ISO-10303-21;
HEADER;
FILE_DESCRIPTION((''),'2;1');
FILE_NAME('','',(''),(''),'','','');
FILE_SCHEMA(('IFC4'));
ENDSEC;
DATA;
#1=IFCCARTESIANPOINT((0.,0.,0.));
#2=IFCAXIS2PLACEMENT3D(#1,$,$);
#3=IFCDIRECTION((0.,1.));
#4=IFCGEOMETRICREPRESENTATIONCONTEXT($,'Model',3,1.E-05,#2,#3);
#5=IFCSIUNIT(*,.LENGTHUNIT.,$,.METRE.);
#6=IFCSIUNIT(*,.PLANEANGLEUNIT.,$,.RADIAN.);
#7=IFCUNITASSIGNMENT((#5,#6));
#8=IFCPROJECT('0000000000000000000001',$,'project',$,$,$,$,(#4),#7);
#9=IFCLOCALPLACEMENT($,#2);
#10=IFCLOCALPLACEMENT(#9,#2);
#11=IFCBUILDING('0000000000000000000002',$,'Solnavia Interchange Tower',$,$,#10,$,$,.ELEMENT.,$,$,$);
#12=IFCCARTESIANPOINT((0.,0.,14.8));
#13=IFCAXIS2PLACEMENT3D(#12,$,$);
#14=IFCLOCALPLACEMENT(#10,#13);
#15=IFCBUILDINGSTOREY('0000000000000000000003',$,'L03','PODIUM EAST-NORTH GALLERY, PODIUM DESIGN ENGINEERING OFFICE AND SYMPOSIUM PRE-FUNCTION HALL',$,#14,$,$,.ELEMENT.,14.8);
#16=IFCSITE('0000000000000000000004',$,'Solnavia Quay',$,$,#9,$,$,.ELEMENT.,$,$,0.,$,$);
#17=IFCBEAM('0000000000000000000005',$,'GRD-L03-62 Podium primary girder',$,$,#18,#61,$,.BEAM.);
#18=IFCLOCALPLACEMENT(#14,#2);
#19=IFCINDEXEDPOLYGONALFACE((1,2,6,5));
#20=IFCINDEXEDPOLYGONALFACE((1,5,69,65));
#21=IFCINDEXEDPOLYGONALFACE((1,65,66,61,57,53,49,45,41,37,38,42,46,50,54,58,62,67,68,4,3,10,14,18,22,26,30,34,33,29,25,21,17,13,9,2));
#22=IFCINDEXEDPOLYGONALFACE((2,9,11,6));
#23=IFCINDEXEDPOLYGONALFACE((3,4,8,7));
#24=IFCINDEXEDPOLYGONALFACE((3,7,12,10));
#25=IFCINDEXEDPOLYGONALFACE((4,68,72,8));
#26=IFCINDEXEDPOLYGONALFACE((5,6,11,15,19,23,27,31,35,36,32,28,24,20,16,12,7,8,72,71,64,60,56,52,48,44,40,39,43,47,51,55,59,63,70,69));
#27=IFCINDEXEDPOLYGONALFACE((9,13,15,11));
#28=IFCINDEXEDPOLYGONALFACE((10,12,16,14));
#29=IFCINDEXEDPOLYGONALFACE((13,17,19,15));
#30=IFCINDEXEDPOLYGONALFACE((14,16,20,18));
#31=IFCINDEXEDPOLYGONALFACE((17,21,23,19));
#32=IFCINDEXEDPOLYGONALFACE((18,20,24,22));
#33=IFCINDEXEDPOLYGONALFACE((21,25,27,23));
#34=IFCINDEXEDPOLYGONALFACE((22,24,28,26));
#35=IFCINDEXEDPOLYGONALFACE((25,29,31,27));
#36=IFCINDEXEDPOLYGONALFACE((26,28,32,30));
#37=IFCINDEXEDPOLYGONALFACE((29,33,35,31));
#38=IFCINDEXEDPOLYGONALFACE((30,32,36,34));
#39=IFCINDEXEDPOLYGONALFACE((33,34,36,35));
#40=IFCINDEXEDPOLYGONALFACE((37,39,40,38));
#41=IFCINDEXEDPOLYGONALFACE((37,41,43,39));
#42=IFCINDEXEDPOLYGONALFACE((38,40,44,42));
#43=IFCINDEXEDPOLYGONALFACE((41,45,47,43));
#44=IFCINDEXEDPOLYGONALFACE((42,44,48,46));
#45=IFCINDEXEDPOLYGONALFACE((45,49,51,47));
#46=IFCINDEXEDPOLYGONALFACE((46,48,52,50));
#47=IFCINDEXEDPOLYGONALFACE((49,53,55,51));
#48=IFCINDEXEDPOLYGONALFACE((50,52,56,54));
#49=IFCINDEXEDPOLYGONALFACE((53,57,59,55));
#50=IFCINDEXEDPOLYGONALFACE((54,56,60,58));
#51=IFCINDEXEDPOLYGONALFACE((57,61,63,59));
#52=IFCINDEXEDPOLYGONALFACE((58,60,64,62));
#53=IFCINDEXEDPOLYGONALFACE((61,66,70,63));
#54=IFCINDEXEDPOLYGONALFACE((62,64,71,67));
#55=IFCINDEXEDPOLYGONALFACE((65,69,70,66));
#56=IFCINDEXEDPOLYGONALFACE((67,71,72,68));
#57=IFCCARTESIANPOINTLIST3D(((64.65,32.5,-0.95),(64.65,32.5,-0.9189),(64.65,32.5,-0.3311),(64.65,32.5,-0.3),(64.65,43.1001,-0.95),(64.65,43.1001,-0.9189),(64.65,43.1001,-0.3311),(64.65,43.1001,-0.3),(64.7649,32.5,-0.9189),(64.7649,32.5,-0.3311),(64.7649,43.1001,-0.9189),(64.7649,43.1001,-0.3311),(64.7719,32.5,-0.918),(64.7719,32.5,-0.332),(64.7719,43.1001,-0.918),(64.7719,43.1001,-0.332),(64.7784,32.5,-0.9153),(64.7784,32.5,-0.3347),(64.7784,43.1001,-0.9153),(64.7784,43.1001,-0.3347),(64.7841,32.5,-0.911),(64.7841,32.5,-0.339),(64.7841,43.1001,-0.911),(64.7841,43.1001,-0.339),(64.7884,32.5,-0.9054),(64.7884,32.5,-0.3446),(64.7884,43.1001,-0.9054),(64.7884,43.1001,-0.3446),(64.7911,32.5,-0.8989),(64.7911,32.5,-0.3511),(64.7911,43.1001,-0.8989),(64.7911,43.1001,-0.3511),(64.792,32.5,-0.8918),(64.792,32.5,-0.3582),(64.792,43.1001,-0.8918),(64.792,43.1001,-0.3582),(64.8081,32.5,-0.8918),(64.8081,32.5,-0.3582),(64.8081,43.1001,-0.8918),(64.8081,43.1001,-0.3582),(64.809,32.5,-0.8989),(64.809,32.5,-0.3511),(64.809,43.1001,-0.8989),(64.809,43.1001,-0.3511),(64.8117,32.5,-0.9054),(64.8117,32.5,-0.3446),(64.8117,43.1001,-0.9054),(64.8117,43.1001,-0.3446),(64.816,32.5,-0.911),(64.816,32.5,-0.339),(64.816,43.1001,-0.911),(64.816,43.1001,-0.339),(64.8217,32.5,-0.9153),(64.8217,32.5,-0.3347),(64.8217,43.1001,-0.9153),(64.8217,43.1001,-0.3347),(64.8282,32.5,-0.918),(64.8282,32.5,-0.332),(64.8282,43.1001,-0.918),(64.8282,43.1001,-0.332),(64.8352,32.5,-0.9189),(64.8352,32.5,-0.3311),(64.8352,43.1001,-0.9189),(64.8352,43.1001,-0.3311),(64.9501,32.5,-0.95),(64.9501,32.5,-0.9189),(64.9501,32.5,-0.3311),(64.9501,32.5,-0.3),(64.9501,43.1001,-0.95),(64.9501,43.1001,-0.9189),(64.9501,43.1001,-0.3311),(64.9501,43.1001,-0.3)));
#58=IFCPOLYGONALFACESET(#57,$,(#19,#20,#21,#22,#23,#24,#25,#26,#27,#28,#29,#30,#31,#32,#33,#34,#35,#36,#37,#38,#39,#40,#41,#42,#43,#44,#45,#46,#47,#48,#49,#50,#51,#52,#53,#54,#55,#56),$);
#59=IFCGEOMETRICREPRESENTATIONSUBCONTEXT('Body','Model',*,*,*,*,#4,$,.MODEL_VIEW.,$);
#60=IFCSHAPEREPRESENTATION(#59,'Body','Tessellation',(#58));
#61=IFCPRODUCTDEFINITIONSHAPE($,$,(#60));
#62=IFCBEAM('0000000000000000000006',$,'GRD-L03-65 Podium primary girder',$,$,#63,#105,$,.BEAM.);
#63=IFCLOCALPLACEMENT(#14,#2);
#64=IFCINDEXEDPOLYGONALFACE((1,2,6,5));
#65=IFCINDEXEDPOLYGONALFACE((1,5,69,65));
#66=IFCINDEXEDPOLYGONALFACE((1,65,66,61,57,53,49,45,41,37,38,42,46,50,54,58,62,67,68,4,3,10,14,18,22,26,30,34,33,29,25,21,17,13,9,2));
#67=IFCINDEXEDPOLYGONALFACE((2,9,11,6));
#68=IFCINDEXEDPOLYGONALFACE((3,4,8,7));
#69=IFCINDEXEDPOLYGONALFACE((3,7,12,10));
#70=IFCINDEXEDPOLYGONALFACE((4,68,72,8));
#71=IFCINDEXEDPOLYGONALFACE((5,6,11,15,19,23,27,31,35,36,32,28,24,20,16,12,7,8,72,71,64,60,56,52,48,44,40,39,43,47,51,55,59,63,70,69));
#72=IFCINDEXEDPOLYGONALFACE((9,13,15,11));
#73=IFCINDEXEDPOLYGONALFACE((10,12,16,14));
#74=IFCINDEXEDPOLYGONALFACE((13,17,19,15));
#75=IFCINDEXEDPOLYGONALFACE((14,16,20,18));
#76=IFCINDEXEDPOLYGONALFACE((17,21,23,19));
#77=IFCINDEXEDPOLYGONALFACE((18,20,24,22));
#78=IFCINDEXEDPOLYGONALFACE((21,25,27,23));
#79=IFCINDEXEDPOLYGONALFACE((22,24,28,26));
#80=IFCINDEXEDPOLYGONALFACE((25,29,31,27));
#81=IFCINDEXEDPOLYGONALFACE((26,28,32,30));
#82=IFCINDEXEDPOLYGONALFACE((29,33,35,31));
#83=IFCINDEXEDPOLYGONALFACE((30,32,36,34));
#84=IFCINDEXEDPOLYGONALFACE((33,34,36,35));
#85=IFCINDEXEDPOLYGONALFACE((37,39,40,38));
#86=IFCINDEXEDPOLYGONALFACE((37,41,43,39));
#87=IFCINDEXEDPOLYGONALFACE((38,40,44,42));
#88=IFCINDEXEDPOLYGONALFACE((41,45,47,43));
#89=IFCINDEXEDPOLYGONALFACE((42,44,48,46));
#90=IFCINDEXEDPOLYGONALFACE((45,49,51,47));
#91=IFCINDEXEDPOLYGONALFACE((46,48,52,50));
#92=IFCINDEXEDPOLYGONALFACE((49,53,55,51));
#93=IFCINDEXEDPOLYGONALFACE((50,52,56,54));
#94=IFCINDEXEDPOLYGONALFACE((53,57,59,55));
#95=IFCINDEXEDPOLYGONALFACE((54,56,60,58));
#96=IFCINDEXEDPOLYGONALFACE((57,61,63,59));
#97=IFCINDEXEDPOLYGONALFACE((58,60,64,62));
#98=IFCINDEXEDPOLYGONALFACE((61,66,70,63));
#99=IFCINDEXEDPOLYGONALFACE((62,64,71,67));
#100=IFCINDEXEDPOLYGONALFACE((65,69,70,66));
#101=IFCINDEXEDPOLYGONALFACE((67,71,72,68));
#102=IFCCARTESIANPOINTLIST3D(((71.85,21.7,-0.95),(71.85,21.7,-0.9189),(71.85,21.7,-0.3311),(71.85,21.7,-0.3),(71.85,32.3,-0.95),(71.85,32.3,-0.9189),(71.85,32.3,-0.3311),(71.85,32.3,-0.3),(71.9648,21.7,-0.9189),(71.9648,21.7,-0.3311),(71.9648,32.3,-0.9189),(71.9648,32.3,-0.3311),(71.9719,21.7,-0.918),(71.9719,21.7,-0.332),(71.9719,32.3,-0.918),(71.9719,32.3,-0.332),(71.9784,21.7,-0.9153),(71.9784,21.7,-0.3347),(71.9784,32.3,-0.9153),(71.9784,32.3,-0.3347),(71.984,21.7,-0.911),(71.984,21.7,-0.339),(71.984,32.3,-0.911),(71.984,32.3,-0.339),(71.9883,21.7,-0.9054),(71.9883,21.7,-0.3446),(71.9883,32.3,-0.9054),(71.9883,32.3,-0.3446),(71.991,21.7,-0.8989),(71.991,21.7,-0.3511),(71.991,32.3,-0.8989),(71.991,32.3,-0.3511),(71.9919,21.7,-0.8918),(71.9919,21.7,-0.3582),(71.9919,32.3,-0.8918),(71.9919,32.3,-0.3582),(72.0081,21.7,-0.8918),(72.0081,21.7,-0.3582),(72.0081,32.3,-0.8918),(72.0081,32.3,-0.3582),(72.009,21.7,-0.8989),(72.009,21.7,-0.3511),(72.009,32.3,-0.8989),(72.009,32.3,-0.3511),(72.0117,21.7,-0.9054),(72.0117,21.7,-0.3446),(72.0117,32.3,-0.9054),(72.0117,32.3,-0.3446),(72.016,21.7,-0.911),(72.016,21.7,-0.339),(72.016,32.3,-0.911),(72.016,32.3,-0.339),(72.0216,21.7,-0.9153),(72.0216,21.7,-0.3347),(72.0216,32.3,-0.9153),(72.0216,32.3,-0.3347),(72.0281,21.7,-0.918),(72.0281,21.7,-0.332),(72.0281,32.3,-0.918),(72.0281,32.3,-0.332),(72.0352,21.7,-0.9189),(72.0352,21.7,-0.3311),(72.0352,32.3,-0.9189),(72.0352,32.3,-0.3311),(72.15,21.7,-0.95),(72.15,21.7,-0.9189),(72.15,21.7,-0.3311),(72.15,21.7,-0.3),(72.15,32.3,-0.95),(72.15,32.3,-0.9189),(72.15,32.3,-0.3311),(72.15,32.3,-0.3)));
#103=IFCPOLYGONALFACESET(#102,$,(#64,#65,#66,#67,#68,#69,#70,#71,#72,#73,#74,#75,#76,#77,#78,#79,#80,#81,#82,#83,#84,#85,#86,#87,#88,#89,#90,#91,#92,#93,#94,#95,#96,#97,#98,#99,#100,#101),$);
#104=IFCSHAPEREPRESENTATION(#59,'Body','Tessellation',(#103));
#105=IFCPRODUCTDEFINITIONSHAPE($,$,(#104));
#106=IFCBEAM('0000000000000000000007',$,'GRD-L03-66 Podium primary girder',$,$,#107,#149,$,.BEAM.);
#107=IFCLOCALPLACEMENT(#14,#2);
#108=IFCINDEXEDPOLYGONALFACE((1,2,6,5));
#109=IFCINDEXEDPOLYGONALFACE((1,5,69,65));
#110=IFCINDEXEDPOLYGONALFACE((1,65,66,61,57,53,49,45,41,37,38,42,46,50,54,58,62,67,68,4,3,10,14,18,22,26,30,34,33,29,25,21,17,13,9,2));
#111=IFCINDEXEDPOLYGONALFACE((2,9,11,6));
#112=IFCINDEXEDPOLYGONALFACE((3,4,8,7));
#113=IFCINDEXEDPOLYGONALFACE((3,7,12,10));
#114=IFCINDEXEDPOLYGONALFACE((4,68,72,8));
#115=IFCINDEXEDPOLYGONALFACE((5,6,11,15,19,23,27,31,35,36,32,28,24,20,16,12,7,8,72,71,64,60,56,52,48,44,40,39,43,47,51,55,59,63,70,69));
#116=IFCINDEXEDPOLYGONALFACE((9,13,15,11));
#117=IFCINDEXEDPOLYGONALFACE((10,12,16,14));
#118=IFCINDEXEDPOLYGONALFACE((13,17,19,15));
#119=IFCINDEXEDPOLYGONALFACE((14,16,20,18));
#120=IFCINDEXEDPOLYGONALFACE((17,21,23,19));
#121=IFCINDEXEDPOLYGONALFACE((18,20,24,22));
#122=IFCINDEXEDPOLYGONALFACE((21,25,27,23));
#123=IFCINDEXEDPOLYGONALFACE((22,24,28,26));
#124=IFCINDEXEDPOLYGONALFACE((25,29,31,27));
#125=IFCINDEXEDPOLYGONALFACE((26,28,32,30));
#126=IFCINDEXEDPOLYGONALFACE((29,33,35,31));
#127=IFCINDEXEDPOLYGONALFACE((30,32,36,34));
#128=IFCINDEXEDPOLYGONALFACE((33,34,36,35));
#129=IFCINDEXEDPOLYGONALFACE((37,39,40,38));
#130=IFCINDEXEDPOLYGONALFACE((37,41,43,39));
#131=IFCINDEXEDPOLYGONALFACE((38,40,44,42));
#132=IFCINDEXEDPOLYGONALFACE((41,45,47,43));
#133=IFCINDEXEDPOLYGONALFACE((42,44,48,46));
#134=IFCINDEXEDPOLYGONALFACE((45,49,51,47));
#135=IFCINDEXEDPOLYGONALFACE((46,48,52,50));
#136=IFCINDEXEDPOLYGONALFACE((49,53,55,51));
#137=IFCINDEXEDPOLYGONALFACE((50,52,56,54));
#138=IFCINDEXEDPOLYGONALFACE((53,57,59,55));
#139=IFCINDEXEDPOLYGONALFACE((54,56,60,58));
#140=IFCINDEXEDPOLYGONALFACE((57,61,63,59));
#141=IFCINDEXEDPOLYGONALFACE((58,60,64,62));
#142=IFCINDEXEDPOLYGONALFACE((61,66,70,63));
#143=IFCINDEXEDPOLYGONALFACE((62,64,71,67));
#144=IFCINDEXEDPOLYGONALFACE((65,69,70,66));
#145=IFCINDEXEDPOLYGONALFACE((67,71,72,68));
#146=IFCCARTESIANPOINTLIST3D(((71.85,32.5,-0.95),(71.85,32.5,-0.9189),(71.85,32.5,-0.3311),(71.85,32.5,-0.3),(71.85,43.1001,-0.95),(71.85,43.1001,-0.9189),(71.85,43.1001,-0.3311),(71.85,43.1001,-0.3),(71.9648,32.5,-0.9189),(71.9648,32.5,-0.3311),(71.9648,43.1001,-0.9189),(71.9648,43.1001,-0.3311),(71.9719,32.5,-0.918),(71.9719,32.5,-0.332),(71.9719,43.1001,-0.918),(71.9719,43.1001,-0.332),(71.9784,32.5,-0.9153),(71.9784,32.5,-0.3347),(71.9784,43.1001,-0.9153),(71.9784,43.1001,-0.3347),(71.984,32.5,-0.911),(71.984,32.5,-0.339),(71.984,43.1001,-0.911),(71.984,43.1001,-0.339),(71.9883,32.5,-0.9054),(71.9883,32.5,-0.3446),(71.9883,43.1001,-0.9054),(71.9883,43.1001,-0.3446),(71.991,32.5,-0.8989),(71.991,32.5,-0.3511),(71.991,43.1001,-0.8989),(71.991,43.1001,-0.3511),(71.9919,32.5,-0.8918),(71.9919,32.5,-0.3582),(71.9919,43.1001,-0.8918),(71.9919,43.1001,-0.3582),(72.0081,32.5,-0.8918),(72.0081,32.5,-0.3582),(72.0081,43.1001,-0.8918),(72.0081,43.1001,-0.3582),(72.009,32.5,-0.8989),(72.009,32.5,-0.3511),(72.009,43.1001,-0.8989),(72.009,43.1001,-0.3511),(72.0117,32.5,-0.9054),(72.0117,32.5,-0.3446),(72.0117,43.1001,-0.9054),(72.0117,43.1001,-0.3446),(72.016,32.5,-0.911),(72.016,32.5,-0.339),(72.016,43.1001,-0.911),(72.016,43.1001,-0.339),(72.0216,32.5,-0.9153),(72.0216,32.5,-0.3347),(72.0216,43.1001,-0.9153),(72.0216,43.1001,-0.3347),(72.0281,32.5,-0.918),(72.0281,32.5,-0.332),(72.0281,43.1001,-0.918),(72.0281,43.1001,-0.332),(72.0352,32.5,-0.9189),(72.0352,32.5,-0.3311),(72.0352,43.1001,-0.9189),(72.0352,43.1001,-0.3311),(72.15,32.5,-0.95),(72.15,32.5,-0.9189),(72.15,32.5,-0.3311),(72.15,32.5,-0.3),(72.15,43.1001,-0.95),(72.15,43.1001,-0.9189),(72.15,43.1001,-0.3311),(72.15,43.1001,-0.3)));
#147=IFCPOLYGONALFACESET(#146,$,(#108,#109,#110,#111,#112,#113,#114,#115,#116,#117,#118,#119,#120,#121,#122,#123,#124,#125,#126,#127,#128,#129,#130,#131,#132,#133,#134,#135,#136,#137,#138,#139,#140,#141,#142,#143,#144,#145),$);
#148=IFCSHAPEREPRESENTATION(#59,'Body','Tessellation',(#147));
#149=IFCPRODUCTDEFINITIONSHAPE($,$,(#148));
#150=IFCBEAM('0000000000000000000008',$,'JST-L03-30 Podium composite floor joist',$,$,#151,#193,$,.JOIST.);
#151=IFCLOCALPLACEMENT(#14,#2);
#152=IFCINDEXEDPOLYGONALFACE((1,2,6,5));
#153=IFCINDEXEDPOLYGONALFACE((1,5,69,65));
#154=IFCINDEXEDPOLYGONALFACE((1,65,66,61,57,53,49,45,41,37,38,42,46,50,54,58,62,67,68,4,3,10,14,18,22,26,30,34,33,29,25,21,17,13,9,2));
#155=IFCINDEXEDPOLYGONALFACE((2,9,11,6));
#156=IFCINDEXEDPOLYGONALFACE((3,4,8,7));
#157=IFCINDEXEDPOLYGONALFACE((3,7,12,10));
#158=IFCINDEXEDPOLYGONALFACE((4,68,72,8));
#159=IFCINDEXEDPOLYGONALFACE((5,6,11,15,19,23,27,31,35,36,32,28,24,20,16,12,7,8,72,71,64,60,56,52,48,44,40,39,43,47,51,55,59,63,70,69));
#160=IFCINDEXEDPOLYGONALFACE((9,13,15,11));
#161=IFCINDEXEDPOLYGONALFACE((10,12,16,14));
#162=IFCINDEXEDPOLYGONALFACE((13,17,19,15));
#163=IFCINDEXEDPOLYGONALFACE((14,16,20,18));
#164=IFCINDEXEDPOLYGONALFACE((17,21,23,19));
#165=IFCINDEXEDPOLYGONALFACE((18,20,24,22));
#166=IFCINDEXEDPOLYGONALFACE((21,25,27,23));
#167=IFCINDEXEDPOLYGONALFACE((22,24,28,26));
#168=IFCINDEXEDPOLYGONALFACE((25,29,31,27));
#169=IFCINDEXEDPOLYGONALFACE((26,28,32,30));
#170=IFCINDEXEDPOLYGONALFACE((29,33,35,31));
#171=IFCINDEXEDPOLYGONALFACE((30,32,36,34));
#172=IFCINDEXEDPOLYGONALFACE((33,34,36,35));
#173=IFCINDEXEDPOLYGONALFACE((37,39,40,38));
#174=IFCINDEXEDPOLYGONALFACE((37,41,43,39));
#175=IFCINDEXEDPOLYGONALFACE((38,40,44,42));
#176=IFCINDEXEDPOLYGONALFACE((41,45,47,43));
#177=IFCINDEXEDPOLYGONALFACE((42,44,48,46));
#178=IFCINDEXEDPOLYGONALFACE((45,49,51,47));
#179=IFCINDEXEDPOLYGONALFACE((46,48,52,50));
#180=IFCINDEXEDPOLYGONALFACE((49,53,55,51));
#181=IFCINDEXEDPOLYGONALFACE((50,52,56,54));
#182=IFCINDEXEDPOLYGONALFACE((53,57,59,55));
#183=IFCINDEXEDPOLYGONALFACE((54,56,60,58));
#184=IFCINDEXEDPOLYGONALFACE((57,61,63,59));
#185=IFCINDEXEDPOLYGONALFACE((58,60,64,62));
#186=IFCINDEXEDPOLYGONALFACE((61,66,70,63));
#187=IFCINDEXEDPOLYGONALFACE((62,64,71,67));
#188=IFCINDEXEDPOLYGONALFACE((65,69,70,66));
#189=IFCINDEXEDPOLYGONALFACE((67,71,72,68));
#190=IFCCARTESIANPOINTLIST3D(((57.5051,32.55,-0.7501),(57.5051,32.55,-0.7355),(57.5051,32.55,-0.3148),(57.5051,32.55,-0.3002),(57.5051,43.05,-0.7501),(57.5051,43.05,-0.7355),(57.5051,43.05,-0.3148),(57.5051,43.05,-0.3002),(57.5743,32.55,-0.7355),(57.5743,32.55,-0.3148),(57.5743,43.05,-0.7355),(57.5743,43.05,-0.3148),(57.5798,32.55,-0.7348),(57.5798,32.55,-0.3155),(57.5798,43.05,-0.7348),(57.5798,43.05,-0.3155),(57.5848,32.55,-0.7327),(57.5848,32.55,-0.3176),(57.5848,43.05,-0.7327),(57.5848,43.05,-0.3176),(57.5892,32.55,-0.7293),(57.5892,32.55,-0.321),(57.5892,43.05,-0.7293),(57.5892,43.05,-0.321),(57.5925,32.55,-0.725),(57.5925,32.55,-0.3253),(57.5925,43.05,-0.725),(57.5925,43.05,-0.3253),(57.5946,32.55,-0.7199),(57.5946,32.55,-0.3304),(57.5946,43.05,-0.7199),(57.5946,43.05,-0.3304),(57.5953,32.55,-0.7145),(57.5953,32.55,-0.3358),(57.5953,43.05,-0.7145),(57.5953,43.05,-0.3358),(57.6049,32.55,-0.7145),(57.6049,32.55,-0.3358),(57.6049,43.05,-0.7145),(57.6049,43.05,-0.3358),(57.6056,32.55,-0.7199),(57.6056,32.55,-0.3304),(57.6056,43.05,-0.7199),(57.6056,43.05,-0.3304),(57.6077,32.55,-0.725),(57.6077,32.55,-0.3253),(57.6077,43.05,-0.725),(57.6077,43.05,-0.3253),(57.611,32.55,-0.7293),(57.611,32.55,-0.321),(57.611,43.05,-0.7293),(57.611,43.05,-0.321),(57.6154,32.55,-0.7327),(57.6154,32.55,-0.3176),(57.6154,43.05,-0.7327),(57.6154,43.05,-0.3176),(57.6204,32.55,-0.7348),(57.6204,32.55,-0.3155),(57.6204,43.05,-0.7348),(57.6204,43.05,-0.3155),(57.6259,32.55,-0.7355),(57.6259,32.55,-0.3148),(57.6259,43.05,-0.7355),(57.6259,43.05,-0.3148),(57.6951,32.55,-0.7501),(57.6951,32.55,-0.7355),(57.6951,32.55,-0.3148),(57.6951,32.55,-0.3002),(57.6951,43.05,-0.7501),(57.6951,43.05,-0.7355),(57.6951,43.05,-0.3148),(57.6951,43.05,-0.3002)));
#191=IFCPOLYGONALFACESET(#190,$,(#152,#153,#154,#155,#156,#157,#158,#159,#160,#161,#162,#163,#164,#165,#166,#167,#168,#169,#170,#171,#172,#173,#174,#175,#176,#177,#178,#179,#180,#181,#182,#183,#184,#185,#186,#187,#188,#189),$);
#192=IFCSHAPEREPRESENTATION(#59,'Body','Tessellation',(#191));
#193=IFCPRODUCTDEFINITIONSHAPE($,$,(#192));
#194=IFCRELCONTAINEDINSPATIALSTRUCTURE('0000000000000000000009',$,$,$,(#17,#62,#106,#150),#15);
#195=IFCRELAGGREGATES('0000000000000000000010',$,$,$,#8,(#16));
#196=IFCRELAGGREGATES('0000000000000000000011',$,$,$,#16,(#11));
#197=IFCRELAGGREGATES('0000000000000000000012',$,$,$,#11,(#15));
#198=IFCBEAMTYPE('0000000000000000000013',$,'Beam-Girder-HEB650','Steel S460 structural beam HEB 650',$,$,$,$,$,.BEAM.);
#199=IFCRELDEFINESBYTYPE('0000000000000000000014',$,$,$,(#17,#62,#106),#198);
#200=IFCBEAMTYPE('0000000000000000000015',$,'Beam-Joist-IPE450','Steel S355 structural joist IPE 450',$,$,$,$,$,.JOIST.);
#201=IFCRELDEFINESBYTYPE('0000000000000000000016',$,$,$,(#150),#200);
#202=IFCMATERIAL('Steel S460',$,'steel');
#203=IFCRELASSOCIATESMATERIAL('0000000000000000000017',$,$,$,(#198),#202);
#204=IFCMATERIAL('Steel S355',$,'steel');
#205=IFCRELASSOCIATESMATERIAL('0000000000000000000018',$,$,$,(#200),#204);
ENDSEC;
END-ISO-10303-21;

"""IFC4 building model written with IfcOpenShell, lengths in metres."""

from ifc_helpers import new_model, si_unit, direction, frame, origin, origin_2d, place, context, subcontext, project, spatial, i_section, extrude, material, material_profile, profile_set, type_object, element, save


model = new_model("IFC4")

# Units and contexts
model_context = context("Model", 3, precision=1e-05, world=origin(), true_north=direction((0.0, 1.0)))
body_context = subcontext(model_context, "Body", "Model", "MODEL_VIEW")
ifc_project = project(units=[si_unit("LENGTHUNIT", "METRE"), si_unit("PLANEANGLEUNIT", "RADIAN")], contexts=[model_context])

# Site, building, storey
site_placement = place(None, origin())
site = spatial("IfcSite", under=ifc_project, at=site_placement, Name="Solnavia Quay", CompositionType="ELEMENT", RefElevation=0.0)
building_placement = place(site_placement, origin())
building = spatial("IfcBuilding", under=site, at=building_placement, Name="Solnavia Interchange Tower", CompositionType="ELEMENT")
storey_placement = place(building_placement, frame((0.0, 0.0, 14.8)))
storey = spatial("IfcBuildingStorey", under=building, at=storey_placement, Name="L03", Description="PODIUM EAST-NORTH GALLERY, PODIUM DESIGN ENGINEERING OFFICE AND SYMPOSIUM PRE-FUNCTION HALL", CompositionType="ELEMENT", Elevation=14.8)

# Beams
ifc_material_1 = material(Name="Steel S460", Category="steel")
ifc_material_profile_1 = material_profile(ifc_material_1, i_section(OverallWidth=0.3, OverallDepth=0.6499, WebThickness=0.0161, FlangeThickness=0.031, FilletRadius=0.0271, at=origin_2d()), Name="HEB 650")
ifc_profile_set_1 = profile_set([ifc_material_profile_1], Name="Steel S460")
beam_type_1 = type_object("IfcBeamType", Name="Beam-Girder-HEB650", Description="Steel S460 structural beam HEB 650", PredefinedType="BEAM", material=ifc_profile_set_1)
for number, where, z_axis, x_axis, name in (
    (1, (64.8, 32.5, -0.625), (0.0, 1.0, 0.0), (-1.0, 0.0, 0.0), "GRD-L03-62 Podium primary girder"),
    (2, (72.0, 21.7, -0.625), (0.0, 1.0, 0.0), (-1.0, 0.0, 0.0), "GRD-L03-65 Podium primary girder"),
    (3, (72.0, 32.5, -0.625), (0.0, 1.0, 0.0), (-1.0, 0.0, 0.0), "GRD-L03-66 Podium primary girder"),
):
    element("IfcBeam", number, at=place(storey_placement, frame(where, z_axis=z_axis, x_axis=x_axis)), inside=storey, type_object=beam_type_1, Name=name, PredefinedType="BEAM", context=body_context, shape_type="SweptSolid", body=[
        extrude(i_section(OverallWidth=0.3, OverallDepth=0.6499, WebThickness=0.0161, FlangeThickness=0.031, FilletRadius=0.0271, at=origin_2d()), origin(), (0.0, 0.0, 1.0), 10.6001),
    ])
ifc_material_2 = material(Name="Steel S355", Category="steel")
ifc_material_profile_2 = material_profile(ifc_material_2, i_section(OverallWidth=0.1899, OverallDepth=0.45, WebThickness=0.0095, FlangeThickness=0.0146, FilletRadius=0.021, at=origin_2d()), Name="IPE 450")
ifc_profile_set_2 = profile_set([ifc_material_profile_2], Name="Steel S355")
beam_type_2 = type_object("IfcBeamType", Name="Beam-Joist-IPE450", Description="Steel S355 structural joist IPE 450", PredefinedType="JOIST", material=ifc_profile_set_2)
for number, where, z_axis, x_axis, name in (
    (4, (57.6001, 32.55, -0.5251), (0.0, 1.0, 0.0), (-1.0, 0.0, 0.0), "JST-L03-30 Podium composite floor joist"),
):
    element("IfcBeam", number, at=place(storey_placement, frame(where, z_axis=z_axis, x_axis=x_axis)), inside=storey, type_object=beam_type_2, Name=name, PredefinedType="JOIST", context=body_context, shape_type="SweptSolid", body=[
        extrude(i_section(OverallWidth=0.1899, OverallDepth=0.45, WebThickness=0.0095, FlangeThickness=0.0146, FilletRadius=0.021, at=origin_2d()), origin(), (0.0, 0.0, 1.0), 10.5),
    ])

save(model, "model.ifc")
